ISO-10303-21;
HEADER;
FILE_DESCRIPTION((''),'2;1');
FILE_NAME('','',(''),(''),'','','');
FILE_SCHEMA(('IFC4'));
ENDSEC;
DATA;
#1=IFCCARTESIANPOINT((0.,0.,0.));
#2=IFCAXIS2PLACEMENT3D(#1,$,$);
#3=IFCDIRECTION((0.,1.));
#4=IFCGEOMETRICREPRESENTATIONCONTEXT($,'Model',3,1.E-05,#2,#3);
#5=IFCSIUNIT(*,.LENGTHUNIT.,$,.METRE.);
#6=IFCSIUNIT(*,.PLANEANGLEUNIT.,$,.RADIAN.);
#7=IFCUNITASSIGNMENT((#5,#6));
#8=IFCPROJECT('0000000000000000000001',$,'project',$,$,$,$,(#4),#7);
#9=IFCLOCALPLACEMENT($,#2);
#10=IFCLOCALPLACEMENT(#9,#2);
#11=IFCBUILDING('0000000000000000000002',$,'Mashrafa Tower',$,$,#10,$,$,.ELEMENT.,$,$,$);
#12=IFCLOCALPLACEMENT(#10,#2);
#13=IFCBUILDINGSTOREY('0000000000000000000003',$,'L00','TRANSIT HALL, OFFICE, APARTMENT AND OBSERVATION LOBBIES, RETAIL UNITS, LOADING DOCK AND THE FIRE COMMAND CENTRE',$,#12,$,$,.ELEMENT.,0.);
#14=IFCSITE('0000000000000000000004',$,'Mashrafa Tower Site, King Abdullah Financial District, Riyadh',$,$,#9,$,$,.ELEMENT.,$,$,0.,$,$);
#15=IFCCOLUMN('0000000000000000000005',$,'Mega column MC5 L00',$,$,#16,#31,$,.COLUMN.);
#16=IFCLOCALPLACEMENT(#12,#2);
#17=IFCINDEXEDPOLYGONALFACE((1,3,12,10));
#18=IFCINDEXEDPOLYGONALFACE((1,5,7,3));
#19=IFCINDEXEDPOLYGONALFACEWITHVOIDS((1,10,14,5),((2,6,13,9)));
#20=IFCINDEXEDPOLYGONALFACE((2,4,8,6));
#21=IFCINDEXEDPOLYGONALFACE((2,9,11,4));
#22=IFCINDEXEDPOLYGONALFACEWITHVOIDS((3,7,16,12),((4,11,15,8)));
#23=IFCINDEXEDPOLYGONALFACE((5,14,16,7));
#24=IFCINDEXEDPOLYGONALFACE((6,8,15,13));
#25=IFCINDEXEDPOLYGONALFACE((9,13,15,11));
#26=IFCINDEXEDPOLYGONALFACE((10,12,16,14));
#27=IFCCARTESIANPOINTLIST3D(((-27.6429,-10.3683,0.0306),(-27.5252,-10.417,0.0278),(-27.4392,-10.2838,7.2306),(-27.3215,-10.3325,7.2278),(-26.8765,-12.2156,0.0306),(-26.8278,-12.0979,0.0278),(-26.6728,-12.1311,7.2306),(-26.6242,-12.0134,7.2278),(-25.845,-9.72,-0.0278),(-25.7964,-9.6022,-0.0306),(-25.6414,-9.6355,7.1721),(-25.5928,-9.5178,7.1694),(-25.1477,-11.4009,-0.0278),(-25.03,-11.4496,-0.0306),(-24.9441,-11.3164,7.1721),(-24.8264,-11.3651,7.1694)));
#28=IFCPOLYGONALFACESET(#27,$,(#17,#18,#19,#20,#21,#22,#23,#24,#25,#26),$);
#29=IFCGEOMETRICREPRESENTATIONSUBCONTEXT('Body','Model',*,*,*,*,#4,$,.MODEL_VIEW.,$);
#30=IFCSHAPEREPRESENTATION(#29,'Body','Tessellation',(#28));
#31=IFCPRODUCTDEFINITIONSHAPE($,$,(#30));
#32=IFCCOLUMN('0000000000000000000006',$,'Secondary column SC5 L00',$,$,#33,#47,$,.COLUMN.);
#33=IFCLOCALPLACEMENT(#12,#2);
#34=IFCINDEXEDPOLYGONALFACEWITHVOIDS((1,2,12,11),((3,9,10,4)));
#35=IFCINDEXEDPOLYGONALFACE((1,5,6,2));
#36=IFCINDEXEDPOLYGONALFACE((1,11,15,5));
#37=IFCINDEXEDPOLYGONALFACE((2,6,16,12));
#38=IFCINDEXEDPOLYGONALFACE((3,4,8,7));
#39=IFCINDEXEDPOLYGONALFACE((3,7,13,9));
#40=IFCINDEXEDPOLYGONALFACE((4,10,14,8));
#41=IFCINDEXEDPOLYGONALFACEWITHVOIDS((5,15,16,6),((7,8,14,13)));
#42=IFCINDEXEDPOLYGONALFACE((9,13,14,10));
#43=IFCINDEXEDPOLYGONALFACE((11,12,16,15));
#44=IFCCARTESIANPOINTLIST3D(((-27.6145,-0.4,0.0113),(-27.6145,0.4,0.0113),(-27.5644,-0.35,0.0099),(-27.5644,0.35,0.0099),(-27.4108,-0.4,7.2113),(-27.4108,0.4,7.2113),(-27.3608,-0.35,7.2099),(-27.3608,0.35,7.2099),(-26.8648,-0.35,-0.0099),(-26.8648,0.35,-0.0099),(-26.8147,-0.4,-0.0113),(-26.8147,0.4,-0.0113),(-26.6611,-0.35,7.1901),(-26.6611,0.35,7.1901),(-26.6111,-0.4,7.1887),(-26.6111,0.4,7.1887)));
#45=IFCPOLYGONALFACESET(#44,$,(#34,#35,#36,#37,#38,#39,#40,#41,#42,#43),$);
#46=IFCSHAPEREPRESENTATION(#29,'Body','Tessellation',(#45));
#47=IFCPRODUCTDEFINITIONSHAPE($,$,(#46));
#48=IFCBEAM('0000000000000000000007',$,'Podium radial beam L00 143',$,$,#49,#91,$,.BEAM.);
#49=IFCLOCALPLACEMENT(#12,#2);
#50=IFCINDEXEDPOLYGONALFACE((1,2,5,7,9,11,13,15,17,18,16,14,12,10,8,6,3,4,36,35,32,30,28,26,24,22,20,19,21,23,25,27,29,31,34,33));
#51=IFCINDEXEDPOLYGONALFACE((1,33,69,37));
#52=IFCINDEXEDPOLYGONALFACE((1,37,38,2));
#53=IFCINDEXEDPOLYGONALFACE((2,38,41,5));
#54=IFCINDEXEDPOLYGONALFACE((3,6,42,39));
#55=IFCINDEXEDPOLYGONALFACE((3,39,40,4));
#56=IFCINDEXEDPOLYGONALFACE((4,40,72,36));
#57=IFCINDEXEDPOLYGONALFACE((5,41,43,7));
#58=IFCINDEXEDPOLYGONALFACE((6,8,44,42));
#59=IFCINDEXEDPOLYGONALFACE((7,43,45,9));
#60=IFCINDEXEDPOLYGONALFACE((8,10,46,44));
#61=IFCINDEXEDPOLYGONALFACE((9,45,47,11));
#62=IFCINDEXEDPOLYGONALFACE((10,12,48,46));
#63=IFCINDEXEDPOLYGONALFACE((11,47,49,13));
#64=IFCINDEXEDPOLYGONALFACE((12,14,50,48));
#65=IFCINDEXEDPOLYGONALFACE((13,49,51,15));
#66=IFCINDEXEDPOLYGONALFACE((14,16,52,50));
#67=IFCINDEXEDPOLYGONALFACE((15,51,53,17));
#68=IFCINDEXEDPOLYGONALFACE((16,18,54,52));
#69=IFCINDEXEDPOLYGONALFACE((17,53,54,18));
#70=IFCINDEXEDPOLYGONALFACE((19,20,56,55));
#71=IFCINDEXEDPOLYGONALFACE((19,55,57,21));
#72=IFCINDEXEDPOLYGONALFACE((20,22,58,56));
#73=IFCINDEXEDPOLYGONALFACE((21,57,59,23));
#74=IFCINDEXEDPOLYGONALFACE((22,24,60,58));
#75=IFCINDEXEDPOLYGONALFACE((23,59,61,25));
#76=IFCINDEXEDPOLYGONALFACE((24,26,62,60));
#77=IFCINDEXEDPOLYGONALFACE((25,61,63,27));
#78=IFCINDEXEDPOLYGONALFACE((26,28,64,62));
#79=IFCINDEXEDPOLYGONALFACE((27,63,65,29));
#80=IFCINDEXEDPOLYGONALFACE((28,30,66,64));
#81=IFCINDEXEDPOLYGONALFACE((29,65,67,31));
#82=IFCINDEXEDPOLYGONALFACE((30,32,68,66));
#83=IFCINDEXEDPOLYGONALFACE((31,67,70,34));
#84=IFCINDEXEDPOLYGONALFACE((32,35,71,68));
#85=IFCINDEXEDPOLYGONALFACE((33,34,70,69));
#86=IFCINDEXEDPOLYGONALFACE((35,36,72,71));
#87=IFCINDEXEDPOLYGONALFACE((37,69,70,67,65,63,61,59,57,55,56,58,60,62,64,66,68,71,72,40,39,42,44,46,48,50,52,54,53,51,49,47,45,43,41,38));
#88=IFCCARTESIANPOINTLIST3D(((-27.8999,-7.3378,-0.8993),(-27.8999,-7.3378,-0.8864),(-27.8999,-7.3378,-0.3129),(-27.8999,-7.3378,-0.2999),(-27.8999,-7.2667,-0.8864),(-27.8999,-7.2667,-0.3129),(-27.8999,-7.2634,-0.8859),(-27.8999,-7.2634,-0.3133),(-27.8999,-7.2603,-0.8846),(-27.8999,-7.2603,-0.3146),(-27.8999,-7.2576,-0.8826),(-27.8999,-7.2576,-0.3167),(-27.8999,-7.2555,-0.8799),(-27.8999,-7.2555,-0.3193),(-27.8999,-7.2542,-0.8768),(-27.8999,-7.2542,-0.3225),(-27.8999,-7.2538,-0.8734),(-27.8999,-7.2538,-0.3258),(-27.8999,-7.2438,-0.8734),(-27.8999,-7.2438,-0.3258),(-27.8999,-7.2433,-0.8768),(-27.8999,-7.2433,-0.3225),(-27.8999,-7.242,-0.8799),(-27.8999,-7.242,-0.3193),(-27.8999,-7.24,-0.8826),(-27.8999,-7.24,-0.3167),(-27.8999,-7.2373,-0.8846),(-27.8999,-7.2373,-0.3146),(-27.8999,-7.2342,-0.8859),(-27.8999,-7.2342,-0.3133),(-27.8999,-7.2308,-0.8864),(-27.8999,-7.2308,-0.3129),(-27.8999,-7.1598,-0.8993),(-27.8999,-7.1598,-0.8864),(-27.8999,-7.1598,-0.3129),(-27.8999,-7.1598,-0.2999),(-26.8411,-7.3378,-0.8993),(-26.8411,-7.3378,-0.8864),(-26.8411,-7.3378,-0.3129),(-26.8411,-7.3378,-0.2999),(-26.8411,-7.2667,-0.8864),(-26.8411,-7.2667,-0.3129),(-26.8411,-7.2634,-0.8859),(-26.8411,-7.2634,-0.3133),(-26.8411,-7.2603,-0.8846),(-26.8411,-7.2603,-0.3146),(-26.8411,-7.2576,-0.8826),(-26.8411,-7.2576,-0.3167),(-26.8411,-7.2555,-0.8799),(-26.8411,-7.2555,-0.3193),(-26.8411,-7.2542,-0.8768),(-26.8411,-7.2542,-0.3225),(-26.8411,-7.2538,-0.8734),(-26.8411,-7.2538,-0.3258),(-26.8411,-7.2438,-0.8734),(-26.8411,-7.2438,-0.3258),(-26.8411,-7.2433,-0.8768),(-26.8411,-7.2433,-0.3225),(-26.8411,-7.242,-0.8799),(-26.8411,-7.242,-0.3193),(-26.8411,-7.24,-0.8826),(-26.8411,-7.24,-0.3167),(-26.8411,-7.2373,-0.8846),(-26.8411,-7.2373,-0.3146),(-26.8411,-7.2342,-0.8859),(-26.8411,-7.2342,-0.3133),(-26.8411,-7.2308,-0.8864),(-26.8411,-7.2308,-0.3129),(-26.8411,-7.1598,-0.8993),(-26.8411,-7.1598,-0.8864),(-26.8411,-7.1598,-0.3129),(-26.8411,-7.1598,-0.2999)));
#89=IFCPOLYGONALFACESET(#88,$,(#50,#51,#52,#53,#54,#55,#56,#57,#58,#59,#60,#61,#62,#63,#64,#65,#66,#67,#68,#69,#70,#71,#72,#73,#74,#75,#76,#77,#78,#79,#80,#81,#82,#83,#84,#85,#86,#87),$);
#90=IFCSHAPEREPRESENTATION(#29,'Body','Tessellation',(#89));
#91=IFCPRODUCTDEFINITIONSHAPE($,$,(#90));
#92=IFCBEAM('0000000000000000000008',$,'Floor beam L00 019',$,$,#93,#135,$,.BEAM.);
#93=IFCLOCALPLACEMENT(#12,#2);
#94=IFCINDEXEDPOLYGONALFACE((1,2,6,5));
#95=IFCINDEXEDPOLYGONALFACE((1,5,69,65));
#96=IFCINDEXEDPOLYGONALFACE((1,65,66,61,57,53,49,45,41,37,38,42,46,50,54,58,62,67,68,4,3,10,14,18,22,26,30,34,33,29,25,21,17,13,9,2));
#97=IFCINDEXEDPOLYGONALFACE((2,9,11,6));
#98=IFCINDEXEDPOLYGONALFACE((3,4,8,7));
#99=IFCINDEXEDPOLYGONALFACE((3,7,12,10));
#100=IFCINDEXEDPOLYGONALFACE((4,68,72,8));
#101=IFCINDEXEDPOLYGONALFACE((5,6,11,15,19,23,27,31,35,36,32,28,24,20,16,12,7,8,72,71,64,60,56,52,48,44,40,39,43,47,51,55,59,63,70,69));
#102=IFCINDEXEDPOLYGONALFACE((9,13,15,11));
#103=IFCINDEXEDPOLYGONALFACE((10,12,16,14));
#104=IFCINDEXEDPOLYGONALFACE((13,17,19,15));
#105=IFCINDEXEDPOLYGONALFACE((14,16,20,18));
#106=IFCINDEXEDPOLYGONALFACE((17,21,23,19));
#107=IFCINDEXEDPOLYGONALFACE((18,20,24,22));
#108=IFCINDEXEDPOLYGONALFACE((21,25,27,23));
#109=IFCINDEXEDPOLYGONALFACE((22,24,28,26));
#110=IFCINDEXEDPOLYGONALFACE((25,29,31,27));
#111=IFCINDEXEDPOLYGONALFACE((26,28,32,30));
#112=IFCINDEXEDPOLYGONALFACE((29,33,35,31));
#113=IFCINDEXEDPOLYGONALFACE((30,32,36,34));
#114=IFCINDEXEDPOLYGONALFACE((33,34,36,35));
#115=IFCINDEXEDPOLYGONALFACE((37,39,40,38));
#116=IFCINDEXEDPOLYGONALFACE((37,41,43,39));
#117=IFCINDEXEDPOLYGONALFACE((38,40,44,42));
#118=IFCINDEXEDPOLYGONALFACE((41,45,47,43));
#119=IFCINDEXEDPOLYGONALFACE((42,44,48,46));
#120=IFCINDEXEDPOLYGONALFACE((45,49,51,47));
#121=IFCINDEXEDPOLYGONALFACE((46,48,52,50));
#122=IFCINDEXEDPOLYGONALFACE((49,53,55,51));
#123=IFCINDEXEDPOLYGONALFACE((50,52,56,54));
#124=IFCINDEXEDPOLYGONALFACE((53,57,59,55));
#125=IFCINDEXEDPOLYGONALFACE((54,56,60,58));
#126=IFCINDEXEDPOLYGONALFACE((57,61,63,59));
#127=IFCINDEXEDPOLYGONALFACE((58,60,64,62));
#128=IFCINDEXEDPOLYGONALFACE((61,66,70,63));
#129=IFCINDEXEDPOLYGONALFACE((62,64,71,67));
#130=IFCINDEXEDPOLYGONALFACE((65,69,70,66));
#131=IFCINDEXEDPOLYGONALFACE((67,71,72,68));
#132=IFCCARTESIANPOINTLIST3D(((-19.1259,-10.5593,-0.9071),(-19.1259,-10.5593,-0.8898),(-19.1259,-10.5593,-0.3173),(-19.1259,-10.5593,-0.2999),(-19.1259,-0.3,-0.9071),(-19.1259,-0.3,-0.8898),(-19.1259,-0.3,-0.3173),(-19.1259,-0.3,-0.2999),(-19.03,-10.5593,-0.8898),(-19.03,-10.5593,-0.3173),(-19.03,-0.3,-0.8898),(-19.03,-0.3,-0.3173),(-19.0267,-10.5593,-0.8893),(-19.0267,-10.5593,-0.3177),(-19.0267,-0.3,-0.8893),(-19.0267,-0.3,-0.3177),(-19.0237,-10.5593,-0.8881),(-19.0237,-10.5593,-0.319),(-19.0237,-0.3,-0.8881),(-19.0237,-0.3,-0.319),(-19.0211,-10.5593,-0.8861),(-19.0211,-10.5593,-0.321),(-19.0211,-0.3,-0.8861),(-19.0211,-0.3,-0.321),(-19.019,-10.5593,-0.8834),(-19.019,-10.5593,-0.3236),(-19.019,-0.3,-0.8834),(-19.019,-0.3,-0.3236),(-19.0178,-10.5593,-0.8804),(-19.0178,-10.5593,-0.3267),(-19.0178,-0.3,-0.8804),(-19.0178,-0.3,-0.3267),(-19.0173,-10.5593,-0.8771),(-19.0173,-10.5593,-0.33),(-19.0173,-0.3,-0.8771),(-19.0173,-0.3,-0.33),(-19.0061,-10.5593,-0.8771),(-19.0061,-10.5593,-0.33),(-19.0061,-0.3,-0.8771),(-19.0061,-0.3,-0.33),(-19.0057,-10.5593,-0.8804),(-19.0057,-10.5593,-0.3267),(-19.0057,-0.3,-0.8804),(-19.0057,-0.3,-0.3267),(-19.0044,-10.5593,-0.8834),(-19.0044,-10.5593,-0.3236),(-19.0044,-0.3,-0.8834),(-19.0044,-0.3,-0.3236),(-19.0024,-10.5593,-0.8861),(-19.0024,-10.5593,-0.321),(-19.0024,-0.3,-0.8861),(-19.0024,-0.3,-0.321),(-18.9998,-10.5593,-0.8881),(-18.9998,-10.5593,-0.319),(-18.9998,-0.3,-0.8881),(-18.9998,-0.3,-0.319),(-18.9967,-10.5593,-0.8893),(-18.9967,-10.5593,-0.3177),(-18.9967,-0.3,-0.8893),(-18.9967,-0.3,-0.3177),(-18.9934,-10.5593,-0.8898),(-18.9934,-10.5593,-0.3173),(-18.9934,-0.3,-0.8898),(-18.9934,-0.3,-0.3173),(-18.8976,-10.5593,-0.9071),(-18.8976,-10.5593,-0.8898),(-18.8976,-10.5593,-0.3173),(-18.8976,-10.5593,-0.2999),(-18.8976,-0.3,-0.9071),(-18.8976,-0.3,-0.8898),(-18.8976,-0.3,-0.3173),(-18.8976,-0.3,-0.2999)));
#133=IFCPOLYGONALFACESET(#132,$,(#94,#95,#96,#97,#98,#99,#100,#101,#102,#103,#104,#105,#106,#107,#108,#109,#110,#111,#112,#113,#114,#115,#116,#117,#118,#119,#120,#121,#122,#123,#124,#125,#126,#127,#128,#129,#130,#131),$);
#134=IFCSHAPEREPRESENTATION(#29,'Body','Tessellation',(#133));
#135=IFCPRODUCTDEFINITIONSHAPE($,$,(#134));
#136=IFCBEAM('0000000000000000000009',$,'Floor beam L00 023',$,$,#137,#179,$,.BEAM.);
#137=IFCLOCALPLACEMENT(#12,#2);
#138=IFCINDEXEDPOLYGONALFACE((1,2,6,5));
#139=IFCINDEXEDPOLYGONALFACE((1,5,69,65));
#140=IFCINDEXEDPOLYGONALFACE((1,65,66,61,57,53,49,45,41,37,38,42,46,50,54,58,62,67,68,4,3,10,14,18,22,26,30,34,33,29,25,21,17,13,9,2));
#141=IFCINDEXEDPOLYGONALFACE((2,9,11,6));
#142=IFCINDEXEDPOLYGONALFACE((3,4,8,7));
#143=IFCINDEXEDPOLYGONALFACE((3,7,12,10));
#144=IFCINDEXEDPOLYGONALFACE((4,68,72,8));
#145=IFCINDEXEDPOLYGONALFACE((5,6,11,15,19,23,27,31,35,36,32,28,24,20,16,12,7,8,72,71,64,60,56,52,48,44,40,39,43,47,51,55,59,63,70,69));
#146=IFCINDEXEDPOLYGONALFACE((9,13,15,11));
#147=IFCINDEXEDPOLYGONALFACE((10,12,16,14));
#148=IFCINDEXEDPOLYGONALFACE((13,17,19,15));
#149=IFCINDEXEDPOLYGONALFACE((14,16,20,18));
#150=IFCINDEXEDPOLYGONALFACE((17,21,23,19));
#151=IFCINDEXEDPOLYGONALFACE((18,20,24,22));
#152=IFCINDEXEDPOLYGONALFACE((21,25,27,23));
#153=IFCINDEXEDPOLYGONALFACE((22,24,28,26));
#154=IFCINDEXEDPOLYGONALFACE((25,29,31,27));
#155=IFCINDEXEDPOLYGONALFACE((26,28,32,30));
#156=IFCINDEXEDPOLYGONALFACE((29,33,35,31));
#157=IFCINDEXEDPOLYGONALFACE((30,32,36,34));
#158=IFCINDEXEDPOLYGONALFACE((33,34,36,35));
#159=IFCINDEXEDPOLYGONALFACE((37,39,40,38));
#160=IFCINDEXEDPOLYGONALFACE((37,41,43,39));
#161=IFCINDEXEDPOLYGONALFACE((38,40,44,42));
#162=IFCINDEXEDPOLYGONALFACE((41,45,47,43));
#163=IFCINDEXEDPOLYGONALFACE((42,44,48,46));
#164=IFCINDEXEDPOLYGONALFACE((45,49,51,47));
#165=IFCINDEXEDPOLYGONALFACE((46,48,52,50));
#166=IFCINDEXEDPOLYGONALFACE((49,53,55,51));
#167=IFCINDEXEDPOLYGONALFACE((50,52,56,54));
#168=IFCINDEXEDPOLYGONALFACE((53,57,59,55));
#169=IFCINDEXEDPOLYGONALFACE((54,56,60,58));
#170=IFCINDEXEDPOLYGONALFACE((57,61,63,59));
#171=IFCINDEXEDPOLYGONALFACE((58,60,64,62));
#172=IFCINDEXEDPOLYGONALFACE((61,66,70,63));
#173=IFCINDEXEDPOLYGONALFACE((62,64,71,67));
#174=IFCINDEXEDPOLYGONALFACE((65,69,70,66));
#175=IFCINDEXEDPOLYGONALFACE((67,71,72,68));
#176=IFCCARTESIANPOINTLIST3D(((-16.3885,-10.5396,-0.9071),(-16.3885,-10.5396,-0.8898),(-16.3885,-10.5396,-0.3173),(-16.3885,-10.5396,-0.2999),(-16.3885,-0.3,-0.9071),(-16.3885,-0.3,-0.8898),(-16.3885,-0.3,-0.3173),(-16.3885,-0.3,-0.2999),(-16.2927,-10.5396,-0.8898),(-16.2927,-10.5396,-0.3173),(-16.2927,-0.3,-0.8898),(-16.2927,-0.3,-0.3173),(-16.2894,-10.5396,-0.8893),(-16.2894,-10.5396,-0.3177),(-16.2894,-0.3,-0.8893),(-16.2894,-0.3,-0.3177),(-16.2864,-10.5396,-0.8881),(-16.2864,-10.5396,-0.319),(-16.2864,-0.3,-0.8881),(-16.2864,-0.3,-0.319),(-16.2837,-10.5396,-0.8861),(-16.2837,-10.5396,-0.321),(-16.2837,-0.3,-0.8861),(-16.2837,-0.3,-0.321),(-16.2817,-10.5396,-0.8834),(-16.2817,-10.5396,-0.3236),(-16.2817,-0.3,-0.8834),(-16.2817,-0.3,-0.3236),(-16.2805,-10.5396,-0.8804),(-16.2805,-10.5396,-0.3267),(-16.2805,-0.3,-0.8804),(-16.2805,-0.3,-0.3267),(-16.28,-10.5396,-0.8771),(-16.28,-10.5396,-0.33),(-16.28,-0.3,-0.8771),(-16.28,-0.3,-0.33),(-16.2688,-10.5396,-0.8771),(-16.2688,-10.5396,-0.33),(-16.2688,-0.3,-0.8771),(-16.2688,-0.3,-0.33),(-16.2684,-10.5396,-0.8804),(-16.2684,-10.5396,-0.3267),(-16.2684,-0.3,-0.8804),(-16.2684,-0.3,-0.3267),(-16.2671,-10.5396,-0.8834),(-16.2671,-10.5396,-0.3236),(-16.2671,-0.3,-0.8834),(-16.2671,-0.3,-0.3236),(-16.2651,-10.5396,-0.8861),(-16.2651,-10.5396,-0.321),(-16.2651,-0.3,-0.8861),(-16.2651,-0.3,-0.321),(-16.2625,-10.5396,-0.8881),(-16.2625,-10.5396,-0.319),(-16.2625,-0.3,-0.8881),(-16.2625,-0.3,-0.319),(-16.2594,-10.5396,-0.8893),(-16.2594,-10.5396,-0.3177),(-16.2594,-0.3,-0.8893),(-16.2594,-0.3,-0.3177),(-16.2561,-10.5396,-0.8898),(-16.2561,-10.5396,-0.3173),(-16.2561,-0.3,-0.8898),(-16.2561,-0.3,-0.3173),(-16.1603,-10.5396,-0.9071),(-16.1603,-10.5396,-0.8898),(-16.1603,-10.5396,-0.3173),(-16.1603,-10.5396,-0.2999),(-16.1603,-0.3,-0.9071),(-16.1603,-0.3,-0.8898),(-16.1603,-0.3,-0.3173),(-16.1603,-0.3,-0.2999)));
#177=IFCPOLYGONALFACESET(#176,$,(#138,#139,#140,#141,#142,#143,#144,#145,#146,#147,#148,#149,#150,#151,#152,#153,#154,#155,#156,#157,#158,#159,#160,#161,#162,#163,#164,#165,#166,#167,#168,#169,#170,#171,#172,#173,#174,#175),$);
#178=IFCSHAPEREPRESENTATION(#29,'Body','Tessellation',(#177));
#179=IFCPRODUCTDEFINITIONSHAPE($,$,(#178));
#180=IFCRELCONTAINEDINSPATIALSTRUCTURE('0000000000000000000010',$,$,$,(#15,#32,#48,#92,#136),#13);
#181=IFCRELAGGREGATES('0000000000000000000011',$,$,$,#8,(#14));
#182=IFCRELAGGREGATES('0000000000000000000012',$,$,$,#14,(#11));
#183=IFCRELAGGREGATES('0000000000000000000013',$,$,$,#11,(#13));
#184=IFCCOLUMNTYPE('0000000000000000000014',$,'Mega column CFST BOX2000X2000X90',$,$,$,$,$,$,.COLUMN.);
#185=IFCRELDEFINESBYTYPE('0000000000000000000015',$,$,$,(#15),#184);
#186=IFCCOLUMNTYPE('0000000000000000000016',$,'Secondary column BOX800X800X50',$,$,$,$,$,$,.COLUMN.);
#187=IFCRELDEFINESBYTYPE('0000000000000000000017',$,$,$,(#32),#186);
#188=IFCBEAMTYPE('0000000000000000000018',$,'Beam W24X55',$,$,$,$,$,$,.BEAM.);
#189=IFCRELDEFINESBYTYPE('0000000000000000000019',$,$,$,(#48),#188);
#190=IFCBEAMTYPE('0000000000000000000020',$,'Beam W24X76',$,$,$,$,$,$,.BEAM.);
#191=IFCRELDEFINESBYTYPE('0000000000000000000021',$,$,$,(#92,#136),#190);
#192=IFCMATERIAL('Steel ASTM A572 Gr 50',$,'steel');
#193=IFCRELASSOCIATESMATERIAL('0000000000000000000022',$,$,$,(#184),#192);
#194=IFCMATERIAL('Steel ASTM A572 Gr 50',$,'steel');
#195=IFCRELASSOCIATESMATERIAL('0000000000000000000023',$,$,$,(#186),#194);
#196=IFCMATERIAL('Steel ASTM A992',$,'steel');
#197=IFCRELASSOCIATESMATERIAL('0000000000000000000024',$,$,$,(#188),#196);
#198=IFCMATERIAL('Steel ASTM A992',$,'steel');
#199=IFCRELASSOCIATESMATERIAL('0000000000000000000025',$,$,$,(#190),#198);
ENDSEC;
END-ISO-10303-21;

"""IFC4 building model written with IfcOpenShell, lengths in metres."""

from ifc_helpers import new_model, si_unit, direction, frame, origin, origin_2d, place, context, subcontext, project, spatial, hollow_rectangle, i_section, extrude, material, material_profile, profile_set, type_object, element, save


model = new_model("IFC4")

# Units and contexts
model_context = context("Model", 3, precision=1e-05, world=origin(), true_north=direction((0.0, 1.0)))
body_context = subcontext(model_context, "Body", "Model", "MODEL_VIEW")
ifc_project = project(units=[si_unit("LENGTHUNIT", "METRE"), si_unit("PLANEANGLEUNIT", "RADIAN")], contexts=[model_context])

# Site, building, storey
site_placement = place(None, origin())
site = spatial("IfcSite", under=ifc_project, at=site_placement, Name="Mashrafa Tower Site, King Abdullah Financial District, Riyadh", CompositionType="ELEMENT", RefElevation=0.0)
building_placement = place(site_placement, origin())
building = spatial("IfcBuilding", under=site, at=building_placement, Name="Mashrafa Tower", CompositionType="ELEMENT")
storey_placement = place(building_placement, origin())
storey = spatial("IfcBuildingStorey", under=building, at=storey_placement, Name="L00", Description="TRANSIT HALL, OFFICE, APARTMENT AND OBSERVATION LOBBIES, RETAIL UNITS, LOADING DOCK AND THE FIRE COMMAND CENTRE", CompositionType="ELEMENT", Elevation=0.0)

# Columns
ifc_material_1 = material(Name="Steel ASTM A572 Gr 50", Category="steel")
ifc_material_profile_1 = material_profile(ifc_material_1, hollow_rectangle(XDim=2.0, YDim=2.0, WallThickness=0.0901, at=origin_2d()), Name="BOX2000X2000X90")
ifc_profile_set_1 = profile_set([ifc_material_profile_1], Name="Steel ASTM A572 Gr 50")
column_type_1 = type_object("IfcColumnType", Name="Mega column CFST BOX2000X2000X90", PredefinedType="COLUMN", material=ifc_profile_set_1)
column_1_placement = place(storey_placement, frame((-26.3364, -10.9089, 0.0), z_axis=(0.028267, 0.011727, 0.999532), x_axis=(-0.383199, 0.923666, 0.0)))
element("IfcColumn", 1, at=column_1_placement, inside=storey, type_object=column_type_1, Name="Mega column MC5 L00", PredefinedType="COLUMN", context=body_context, shape_type="SweptSolid", body=[
    extrude(hollow_rectangle(XDim=2.0, YDim=2.0, WallThickness=0.0901, at=origin_2d()), origin(), (0.0, 0.0, 1.0), 7.2034),
])
ifc_material_2 = material(Name="Steel ASTM A572 Gr 50", Category="steel")
ifc_material_profile_2 = material_profile(ifc_material_2, hollow_rectangle(XDim=0.8, YDim=0.8, WallThickness=0.05, at=origin_2d()), Name="BOX800X800X50")
ifc_profile_set_2 = profile_set([ifc_material_profile_2], Name="Steel ASTM A572 Gr 50")
column_type_2 = type_object("IfcColumnType", Name="Secondary column BOX800X800X50", PredefinedType="COLUMN", material=ifc_profile_set_2)
column_2_placement = place(storey_placement, frame((-27.2146, 0.0, 0.0), z_axis=(0.028269, 0.0, 0.9996), x_axis=(0.0, 1.0, 0.0)))
element("IfcColumn", 2, at=column_2_placement, inside=storey, type_object=column_type_2, Name="Secondary column SC5 L00", PredefinedType="COLUMN", context=body_context, shape_type="SweptSolid", body=[
    extrude(hollow_rectangle(XDim=0.8, YDim=0.8, WallThickness=0.05, at=origin_2d()), origin(), (0.0, 0.0, 1.0), 7.2029),
])

# Beams
ifc_material_3 = material(Name="Steel ASTM A992", Category="steel")
ifc_material_profile_3 = material_profile(ifc_material_3, i_section(OverallWidth=0.178, OverallDepth=0.5994, WebThickness=0.01, FlangeThickness=0.0129, FilletRadius=0.0129, at=origin_2d()), Name="W24X55")
ifc_profile_set_3 = profile_set([ifc_material_profile_3], Name="Steel ASTM A992")
beam_type_1 = type_object("IfcBeamType", Name="Beam W24X55", PredefinedType="BEAM", material=ifc_profile_set_3)
beam_1_placement = place(storey_placement, frame((-26.8411, -7.2488, -0.5996), z_axis=(-1.0, 0.0, 0.0), x_axis=(0.0, -1.0, 0.0)))
element("IfcBeam", 3, at=beam_1_placement, inside=storey, type_object=beam_type_1, Name="Podium radial beam L00 143", PredefinedType="BEAM", context=body_context, shape_type="SweptSolid", body=[
    extrude(i_section(OverallWidth=0.178, OverallDepth=0.5994, WebThickness=0.01, FlangeThickness=0.0129, FilletRadius=0.0129, at=origin_2d()), origin(), (0.0, 0.0, 1.0), 1.0588),
])
ifc_material_4 = material(Name="Steel ASTM A992", Category="steel")
ifc_material_profile_4 = material_profile(ifc_material_4, i_section(OverallWidth=0.2283, OverallDepth=0.6072, WebThickness=0.0112, FlangeThickness=0.0173, FilletRadius=0.0127, at=origin_2d()), Name="W24X76")
ifc_profile_set_4 = profile_set([ifc_material_profile_4], Name="Steel ASTM A992")
beam_type_2 = type_object("IfcBeamType", Name="Beam W24X76", PredefinedType="BEAM", material=ifc_profile_set_4)
beam_2_placement = place(storey_placement, frame((-19.0117, -10.5593, -0.6035), z_axis=(0.0, 1.0, 0.0), x_axis=(-1.0, 0.0, 0.0)))
element("IfcBeam", 4, at=beam_2_placement, inside=storey, type_object=beam_type_2, Name="Floor beam L00 019", PredefinedType="BEAM", context=body_context, shape_type="SweptSolid", body=[
    extrude(i_section(OverallWidth=0.2283, OverallDepth=0.6072, WebThickness=0.0112, FlangeThickness=0.0173, FilletRadius=0.0127, at=origin_2d()), origin(), (0.0, 0.0, 1.0), 10.2593),
])
beam_3_placement = place(storey_placement, frame((-16.2744, -10.5396, -0.6035), z_axis=(0.0, 1.0, 0.0), x_axis=(-1.0, 0.0, 0.0)))
element("IfcBeam", 5, at=beam_3_placement, inside=storey, type_object=beam_type_2, Name="Floor beam L00 023", PredefinedType="BEAM", context=body_context, shape_type="SweptSolid", body=[
    extrude(i_section(OverallWidth=0.2283, OverallDepth=0.6072, WebThickness=0.0112, FlangeThickness=0.0173, FilletRadius=0.0127, at=origin_2d()), origin(), (0.0, 0.0, 1.0), 10.2395),
])

save(model, "model.ifc")
